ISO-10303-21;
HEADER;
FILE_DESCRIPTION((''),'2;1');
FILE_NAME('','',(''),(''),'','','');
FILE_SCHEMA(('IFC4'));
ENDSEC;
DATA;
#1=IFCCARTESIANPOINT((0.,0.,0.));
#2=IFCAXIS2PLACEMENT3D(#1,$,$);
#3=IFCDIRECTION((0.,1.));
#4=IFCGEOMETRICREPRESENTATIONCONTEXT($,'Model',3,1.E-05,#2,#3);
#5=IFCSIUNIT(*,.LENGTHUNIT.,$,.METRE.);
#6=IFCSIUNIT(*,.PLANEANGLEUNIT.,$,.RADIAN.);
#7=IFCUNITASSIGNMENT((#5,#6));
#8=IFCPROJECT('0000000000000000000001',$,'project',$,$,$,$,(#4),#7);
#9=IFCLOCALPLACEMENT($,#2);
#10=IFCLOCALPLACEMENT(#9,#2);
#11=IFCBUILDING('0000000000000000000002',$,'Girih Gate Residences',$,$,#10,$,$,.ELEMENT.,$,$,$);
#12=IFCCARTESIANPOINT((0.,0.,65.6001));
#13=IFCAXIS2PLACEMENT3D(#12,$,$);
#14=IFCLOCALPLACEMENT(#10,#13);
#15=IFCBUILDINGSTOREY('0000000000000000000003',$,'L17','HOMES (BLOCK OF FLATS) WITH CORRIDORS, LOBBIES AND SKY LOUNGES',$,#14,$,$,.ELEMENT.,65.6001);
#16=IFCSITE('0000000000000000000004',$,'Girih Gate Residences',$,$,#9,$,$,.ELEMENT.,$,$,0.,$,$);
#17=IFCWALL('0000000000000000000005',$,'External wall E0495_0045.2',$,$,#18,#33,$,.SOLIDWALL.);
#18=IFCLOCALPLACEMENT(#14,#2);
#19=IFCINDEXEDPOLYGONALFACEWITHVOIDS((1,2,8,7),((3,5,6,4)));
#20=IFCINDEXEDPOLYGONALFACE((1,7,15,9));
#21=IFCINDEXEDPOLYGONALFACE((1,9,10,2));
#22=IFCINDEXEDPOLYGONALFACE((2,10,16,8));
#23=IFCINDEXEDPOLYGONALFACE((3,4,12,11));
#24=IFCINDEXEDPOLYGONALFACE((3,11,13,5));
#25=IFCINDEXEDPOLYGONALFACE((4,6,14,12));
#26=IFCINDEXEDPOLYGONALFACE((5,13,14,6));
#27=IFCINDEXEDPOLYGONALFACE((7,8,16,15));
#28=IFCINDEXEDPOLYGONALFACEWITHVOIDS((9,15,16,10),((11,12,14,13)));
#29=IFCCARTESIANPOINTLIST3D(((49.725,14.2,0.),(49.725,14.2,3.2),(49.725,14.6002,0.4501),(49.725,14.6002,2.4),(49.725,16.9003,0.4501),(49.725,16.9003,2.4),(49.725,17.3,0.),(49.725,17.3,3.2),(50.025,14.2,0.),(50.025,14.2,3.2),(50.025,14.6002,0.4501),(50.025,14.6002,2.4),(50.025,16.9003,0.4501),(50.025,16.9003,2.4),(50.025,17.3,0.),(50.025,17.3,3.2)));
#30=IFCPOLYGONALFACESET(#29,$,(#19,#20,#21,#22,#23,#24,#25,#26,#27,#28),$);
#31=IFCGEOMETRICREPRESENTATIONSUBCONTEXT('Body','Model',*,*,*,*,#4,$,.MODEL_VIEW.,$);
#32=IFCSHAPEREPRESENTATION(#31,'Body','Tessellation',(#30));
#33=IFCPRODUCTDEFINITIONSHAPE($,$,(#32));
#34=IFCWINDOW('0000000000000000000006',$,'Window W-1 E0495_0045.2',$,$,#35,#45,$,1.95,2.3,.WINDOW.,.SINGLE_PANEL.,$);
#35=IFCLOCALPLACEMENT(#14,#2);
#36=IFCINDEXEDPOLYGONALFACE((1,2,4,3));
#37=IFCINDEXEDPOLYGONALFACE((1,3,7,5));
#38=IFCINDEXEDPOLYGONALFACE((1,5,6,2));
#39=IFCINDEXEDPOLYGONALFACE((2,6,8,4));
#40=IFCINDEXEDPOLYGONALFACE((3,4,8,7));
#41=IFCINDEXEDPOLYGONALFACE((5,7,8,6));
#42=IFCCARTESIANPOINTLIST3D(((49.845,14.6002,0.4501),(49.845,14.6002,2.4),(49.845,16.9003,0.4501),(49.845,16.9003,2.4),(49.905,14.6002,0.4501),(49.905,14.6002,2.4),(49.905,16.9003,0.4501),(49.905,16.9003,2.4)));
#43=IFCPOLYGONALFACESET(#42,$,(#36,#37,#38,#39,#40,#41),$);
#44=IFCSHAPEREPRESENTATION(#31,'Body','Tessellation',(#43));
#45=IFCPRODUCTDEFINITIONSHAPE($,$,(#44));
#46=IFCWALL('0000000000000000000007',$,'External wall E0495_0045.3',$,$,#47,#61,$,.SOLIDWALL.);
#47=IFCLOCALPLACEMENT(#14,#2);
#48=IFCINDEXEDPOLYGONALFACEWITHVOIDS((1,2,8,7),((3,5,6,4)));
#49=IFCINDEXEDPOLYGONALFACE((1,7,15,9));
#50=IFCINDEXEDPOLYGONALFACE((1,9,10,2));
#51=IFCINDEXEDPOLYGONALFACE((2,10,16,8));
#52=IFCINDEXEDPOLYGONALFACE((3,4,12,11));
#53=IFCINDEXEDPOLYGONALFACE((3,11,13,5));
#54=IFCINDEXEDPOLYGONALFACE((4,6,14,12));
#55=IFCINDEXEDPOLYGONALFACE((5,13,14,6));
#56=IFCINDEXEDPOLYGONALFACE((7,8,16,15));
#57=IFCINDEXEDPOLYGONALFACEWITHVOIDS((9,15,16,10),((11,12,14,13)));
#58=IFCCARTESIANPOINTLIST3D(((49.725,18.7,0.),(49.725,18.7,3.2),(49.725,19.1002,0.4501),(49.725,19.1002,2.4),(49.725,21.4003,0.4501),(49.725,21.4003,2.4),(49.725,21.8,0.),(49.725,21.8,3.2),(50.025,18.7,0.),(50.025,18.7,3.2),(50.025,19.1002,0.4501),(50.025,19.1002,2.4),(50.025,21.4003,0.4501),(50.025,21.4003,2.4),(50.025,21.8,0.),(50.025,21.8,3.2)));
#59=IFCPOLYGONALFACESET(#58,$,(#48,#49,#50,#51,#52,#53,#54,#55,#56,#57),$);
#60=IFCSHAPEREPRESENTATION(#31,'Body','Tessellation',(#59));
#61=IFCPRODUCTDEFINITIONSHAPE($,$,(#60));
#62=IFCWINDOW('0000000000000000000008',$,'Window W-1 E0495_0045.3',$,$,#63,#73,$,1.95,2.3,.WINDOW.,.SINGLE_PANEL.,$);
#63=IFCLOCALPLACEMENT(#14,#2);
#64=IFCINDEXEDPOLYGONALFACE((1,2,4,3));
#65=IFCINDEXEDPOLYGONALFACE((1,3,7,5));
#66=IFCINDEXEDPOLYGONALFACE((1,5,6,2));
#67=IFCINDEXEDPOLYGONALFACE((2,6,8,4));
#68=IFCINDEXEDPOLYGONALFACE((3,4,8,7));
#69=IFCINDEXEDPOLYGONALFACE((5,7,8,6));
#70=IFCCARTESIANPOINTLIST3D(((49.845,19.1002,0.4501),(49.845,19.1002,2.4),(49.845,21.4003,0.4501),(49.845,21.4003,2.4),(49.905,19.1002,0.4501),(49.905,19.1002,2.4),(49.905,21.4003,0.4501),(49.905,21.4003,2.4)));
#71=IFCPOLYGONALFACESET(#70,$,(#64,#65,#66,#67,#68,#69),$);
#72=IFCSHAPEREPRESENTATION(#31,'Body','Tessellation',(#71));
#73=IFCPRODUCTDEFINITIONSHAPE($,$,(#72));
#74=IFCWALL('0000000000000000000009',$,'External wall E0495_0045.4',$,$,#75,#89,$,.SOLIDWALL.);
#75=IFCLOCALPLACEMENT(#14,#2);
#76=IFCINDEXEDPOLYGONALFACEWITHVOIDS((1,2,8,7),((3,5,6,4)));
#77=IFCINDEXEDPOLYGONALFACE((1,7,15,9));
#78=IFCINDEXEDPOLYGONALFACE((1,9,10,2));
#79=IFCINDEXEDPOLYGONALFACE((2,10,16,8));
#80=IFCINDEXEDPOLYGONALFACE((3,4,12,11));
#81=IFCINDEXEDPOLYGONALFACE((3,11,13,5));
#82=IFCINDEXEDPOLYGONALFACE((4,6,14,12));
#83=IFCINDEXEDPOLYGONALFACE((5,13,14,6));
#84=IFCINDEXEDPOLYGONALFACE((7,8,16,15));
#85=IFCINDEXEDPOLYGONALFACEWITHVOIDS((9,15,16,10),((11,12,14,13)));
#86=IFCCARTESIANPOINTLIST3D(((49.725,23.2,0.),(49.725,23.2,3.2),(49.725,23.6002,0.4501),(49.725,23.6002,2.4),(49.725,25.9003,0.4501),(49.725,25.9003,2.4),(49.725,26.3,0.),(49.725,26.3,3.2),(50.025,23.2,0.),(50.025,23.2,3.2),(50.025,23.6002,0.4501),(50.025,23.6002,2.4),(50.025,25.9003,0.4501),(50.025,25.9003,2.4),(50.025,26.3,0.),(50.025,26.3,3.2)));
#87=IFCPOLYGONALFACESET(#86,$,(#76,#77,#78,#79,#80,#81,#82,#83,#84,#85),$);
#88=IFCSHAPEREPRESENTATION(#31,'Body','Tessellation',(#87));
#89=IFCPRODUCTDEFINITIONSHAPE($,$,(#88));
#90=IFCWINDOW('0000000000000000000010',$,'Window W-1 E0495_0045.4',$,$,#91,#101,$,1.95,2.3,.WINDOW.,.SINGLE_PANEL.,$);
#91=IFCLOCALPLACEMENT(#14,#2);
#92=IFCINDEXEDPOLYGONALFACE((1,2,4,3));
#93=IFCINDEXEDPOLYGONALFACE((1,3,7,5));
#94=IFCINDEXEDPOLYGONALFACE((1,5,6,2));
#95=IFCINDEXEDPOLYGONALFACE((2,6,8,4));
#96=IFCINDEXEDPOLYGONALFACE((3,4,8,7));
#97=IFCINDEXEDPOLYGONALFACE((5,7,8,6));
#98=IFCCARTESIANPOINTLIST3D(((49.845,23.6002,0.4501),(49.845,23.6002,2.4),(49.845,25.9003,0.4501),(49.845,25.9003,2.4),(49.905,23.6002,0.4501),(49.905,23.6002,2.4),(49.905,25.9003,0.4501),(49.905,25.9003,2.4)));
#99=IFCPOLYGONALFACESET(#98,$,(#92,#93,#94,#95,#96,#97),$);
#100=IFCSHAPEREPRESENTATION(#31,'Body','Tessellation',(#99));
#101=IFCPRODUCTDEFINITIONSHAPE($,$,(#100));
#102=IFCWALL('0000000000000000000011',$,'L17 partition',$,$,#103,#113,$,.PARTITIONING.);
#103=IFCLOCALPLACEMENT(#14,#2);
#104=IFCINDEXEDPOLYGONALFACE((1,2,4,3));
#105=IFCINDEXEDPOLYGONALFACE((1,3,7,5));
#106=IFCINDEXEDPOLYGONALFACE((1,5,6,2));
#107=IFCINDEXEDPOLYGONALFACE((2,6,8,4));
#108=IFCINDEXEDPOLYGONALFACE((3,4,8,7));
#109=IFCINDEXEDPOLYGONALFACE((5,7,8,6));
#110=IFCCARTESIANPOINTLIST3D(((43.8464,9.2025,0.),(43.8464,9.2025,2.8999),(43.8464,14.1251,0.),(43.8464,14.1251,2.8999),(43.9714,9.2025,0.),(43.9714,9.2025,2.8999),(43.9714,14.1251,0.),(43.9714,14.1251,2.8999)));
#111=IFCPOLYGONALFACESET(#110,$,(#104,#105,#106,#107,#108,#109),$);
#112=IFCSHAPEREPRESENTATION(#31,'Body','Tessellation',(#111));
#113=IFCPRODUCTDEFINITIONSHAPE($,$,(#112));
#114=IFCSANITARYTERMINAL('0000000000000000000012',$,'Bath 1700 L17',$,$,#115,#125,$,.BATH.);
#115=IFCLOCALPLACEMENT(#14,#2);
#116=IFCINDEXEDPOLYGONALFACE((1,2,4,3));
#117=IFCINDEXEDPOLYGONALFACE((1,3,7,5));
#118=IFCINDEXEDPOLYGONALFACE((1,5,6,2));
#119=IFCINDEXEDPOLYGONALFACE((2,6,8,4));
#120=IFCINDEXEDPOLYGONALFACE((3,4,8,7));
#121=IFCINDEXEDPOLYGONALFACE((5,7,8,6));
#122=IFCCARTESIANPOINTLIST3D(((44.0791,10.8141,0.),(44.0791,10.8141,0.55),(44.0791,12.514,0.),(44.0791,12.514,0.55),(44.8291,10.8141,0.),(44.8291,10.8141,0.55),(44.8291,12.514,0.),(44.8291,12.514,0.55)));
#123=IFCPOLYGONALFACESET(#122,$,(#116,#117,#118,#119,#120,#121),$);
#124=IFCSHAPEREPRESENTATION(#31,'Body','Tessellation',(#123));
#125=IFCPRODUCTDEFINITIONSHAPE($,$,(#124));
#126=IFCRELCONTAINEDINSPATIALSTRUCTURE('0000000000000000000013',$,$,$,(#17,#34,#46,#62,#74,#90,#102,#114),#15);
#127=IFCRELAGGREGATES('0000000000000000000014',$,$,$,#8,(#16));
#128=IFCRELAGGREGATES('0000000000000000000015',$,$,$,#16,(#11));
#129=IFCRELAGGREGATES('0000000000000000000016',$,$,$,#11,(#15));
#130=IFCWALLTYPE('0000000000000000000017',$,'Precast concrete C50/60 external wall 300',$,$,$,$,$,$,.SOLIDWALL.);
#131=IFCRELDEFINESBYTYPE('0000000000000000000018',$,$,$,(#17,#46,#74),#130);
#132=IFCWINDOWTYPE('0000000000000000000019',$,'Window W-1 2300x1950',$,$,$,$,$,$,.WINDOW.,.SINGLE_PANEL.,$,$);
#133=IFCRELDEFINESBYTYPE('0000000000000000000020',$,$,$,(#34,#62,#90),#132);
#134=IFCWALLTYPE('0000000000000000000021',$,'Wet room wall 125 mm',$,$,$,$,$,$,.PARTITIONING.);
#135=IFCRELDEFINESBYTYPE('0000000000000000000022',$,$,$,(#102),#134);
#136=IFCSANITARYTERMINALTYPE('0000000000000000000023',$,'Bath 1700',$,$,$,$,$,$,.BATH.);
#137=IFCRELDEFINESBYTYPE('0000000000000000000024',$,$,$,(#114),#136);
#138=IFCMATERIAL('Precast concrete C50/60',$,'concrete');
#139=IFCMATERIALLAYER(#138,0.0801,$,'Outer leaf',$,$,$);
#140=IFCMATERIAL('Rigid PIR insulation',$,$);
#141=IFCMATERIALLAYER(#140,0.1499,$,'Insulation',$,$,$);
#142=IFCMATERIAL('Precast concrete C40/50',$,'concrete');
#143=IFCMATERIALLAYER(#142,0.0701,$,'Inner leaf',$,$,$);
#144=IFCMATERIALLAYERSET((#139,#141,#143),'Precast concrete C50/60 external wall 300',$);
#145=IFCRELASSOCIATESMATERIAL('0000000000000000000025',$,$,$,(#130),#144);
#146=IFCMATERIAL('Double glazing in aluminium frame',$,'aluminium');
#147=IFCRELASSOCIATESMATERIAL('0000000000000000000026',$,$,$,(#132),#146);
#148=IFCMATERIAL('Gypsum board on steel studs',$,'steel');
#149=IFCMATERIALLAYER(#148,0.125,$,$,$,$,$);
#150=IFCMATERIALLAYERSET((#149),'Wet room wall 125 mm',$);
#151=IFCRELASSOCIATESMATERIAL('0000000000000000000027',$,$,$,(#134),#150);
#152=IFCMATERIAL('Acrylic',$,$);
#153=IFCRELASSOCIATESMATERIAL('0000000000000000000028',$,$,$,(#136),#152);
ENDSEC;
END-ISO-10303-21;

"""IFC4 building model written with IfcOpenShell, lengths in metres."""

from ifc_helpers import new_model, si_unit, direction, frame, frame_2d, origin, origin_2d, place, context, subcontext, project, spatial, rectangle, extrude, material, layer, layer_set, type_object, element, fill, save


model = new_model("IFC4")

# Units and contexts
model_context = context("Model", 3, precision=1e-05, world=origin(), true_north=direction((0.0, 1.0)))
body_context = subcontext(model_context, "Body", "Model", "MODEL_VIEW")
ifc_project = project(units=[si_unit("LENGTHUNIT", "METRE"), si_unit("PLANEANGLEUNIT", "RADIAN")], contexts=[model_context])

# Site, building, storey
site_placement = place(None, origin())
site = spatial("IfcSite", under=ifc_project, at=site_placement, Name="Girih Gate Residences", CompositionType="ELEMENT", RefElevation=0.0)
building_placement = place(site_placement, origin())
building = spatial("IfcBuilding", under=site, at=building_placement, Name="Girih Gate Residences", CompositionType="ELEMENT")
storey_placement = place(building_placement, frame((0.0, 0.0, 65.6001)))
storey = spatial("IfcBuildingStorey", under=building, at=storey_placement, Name="L17", Description="HOMES (BLOCK OF FLATS) WITH CORRIDORS, LOBBIES AND SKY LOUNGES", CompositionType="ELEMENT", Elevation=65.6001)

# Shared definitions
ifc_material_1 = material(Name="Gypsum board on steel studs", Category="steel")

# Walls, openings, windows
ifc_material_2 = material(Name="Precast concrete C50/60", Category="concrete")
ifc_layer_1 = layer(ifc_material_2, 0.0801, Name="Outer leaf")
ifc_material_3 = material(Name="Rigid PIR insulation")
ifc_layer_2 = layer(ifc_material_3, 0.1499, Name="Insulation")
ifc_material_4 = material(Name="Precast concrete C40/50", Category="concrete")
ifc_layer_3 = layer(ifc_material_4, 0.0701, Name="Inner leaf")
ifc_layer_set_1 = layer_set([ifc_layer_1, ifc_layer_2, ifc_layer_3], Name="Precast concrete C50/60 external wall 300")
wall_type_1 = type_object("IfcWallType", Name="Precast concrete C50/60 external wall 300", PredefinedType="SOLIDWALL", material=ifc_layer_set_1)
ifc_material_5 = material(Name="Double glazing in aluminium frame", Category="aluminium")
window_type = type_object("IfcWindowType", Name="Window W-1 2300x1950", PartitioningType="SINGLE_PANEL", PredefinedType="WINDOW", material=ifc_material_5)
wall_1_placement = place(storey_placement, frame((49.875, 17.3, 0.0), z_axis=(0.0, 0.0, 1.0), x_axis=(0.0, -1.0, 0.0)))
wall_1 = element("IfcWall", 1, at=wall_1_placement, inside=storey, type_object=wall_type_1, Name="External wall E0495_0045.2", PredefinedType="SOLIDWALL", context=body_context, shape_type="SweptSolid", body=[
    extrude(rectangle(XDim=3.1001, YDim=0.3, at=frame_2d((1.55, 0.0))), origin(), (0.0, 0.0, 1.0), 3.2),
])
opening_1_placement = place(wall_1_placement, frame((0.3999, 0.0, 0.45)))
opening_1 = element("IfcOpeningElement", 2, at=opening_1_placement, cuts=wall_1, PredefinedType="OPENING", context=body_context, shape_type="SweptSolid", body=[
    extrude(rectangle(XDim=2.3, YDim=1.95, at=frame_2d((1.1499, 0.9751))), frame((0.0, 0.1599, 0.0), z_axis=(0.0, -1.0, 0.0), x_axis=(1.0, 0.0, 0.0)), (0.0, 0.0, 1.0), 0.3201),
])
window_1_placement = place(opening_1_placement, origin())
window_1 = element("IfcWindow", 3, at=window_1_placement, inside=storey, type_object=window_type, Name="Window W-1 E0495_0045.2", OverallHeight=1.95, OverallWidth=2.3, PartitioningType="SINGLE_PANEL", PredefinedType="WINDOW", context=body_context, shape_type="SweptSolid", body=[
    extrude(rectangle(XDim=2.3, YDim=1.95, at=frame_2d((1.1499, 0.9751))), frame((0.0, 0.03, 0.0), z_axis=(0.0, -1.0, 0.0), x_axis=(1.0, 0.0, 0.0)), (0.0, 0.0, 1.0), 0.0601),
])
fill(opening_1, window_1)
wall_2_placement = place(storey_placement, frame((49.875, 21.8, 0.0), z_axis=(0.0, 0.0, 1.0), x_axis=(0.0, -1.0, 0.0)))
wall_2 = element("IfcWall", 4, at=wall_2_placement, inside=storey, type_object=wall_type_1, Name="External wall E0495_0045.3", PredefinedType="SOLIDWALL", context=body_context, shape_type="SweptSolid", body=[
    extrude(rectangle(XDim=3.1001, YDim=0.3, at=frame_2d((1.55, 0.0))), origin(), (0.0, 0.0, 1.0), 3.2),
])
opening_2_placement = place(wall_2_placement, frame((0.3999, 0.0, 0.45)))
opening_2 = element("IfcOpeningElement", 5, at=opening_2_placement, cuts=wall_2, PredefinedType="OPENING", context=body_context, shape_type="SweptSolid", body=[
    extrude(rectangle(XDim=2.3, YDim=1.95, at=frame_2d((1.1499, 0.9751))), frame((0.0, 0.1599, 0.0), z_axis=(0.0, -1.0, 0.0), x_axis=(1.0, 0.0, 0.0)), (0.0, 0.0, 1.0), 0.3201),
])
window_2_placement = place(opening_2_placement, origin())
window_2 = element("IfcWindow", 6, at=window_2_placement, inside=storey, type_object=window_type, Name="Window W-1 E0495_0045.3", OverallHeight=1.95, OverallWidth=2.3, PartitioningType="SINGLE_PANEL", PredefinedType="WINDOW", context=body_context, shape_type="SweptSolid", body=[
    extrude(rectangle(XDim=2.3, YDim=1.95, at=frame_2d((1.1499, 0.9751))), frame((0.0, 0.03, 0.0), z_axis=(0.0, -1.0, 0.0), x_axis=(1.0, 0.0, 0.0)), (0.0, 0.0, 1.0), 0.0601),
])
fill(opening_2, window_2)
wall_3_placement = place(storey_placement, frame((49.875, 26.3, 0.0), z_axis=(0.0, 0.0, 1.0), x_axis=(0.0, -1.0, 0.0)))
wall_3 = element("IfcWall", 7, at=wall_3_placement, inside=storey, type_object=wall_type_1, Name="External wall E0495_0045.4", PredefinedType="SOLIDWALL", context=body_context, shape_type="SweptSolid", body=[
    extrude(rectangle(XDim=3.1001, YDim=0.3, at=frame_2d((1.55, 0.0))), origin(), (0.0, 0.0, 1.0), 3.2),
])
opening_3_placement = place(wall_3_placement, frame((0.3999, 0.0, 0.45)))
opening_3 = element("IfcOpeningElement", 8, at=opening_3_placement, cuts=wall_3, PredefinedType="OPENING", context=body_context, shape_type="SweptSolid", body=[
    extrude(rectangle(XDim=2.3, YDim=1.95, at=frame_2d((1.1499, 0.9751))), frame((0.0, 0.1599, 0.0), z_axis=(0.0, -1.0, 0.0), x_axis=(1.0, 0.0, 0.0)), (0.0, 0.0, 1.0), 0.3201),
])
window_3_placement = place(opening_3_placement, origin())
window_3 = element("IfcWindow", 9, at=window_3_placement, inside=storey, type_object=window_type, Name="Window W-1 E0495_0045.4", OverallHeight=1.95, OverallWidth=2.3, PartitioningType="SINGLE_PANEL", PredefinedType="WINDOW", context=body_context, shape_type="SweptSolid", body=[
    extrude(rectangle(XDim=2.3, YDim=1.95, at=frame_2d((1.1499, 0.9751))), frame((0.0, 0.03, 0.0), z_axis=(0.0, -1.0, 0.0), x_axis=(1.0, 0.0, 0.0)), (0.0, 0.0, 1.0), 0.0601),
])
fill(opening_3, window_3)

# Wall
ifc_layer_4 = layer(ifc_material_1, 0.125)
ifc_layer_set_2 = layer_set([ifc_layer_4], Name="Wet room wall 125 mm")
wall_type_2 = type_object("IfcWallType", Name="Wet room wall 125 mm", PredefinedType="PARTITIONING", material=ifc_layer_set_2)
wall_4_placement = place(storey_placement, frame((43.9089, 9.2024, 0.0), z_axis=(0.0, 0.0, 1.0), x_axis=(0.0, 1.0, 0.0)))
element("IfcWall", 10, at=wall_4_placement, inside=storey, type_object=wall_type_2, Name="L17 partition", PredefinedType="PARTITIONING", context=body_context, shape_type="SweptSolid", body=[
    extrude(rectangle(XDim=4.9226, YDim=0.125, at=frame_2d((2.4614, 0.0))), origin(), (0.0, 0.0, 1.0), 2.8999),
])

# Sanitary terminal
ifc_material_6 = material(Name="Acrylic")
sanitary_terminal_type = type_object("IfcSanitaryTerminalType", Name="Bath 1700", PredefinedType="BATH", material=ifc_material_6)
sanitary_terminal_placement = place(storey_placement, frame((44.4541, 11.6641, 0.0), z_axis=(0.0, 0.0, 1.0), x_axis=(1.0, 0.0, 0.0)))
element("IfcSanitaryTerminal", 11, at=sanitary_terminal_placement, inside=storey, type_object=sanitary_terminal_type, Name="Bath 1700 L17", PredefinedType="BATH", context=body_context, shape_type="SweptSolid", body=[
    extrude(rectangle(XDim=0.75, YDim=1.7, at=origin_2d()), origin(), (0.0, 0.0, 1.0), 0.55),
])

save(model, "model.ifc")
